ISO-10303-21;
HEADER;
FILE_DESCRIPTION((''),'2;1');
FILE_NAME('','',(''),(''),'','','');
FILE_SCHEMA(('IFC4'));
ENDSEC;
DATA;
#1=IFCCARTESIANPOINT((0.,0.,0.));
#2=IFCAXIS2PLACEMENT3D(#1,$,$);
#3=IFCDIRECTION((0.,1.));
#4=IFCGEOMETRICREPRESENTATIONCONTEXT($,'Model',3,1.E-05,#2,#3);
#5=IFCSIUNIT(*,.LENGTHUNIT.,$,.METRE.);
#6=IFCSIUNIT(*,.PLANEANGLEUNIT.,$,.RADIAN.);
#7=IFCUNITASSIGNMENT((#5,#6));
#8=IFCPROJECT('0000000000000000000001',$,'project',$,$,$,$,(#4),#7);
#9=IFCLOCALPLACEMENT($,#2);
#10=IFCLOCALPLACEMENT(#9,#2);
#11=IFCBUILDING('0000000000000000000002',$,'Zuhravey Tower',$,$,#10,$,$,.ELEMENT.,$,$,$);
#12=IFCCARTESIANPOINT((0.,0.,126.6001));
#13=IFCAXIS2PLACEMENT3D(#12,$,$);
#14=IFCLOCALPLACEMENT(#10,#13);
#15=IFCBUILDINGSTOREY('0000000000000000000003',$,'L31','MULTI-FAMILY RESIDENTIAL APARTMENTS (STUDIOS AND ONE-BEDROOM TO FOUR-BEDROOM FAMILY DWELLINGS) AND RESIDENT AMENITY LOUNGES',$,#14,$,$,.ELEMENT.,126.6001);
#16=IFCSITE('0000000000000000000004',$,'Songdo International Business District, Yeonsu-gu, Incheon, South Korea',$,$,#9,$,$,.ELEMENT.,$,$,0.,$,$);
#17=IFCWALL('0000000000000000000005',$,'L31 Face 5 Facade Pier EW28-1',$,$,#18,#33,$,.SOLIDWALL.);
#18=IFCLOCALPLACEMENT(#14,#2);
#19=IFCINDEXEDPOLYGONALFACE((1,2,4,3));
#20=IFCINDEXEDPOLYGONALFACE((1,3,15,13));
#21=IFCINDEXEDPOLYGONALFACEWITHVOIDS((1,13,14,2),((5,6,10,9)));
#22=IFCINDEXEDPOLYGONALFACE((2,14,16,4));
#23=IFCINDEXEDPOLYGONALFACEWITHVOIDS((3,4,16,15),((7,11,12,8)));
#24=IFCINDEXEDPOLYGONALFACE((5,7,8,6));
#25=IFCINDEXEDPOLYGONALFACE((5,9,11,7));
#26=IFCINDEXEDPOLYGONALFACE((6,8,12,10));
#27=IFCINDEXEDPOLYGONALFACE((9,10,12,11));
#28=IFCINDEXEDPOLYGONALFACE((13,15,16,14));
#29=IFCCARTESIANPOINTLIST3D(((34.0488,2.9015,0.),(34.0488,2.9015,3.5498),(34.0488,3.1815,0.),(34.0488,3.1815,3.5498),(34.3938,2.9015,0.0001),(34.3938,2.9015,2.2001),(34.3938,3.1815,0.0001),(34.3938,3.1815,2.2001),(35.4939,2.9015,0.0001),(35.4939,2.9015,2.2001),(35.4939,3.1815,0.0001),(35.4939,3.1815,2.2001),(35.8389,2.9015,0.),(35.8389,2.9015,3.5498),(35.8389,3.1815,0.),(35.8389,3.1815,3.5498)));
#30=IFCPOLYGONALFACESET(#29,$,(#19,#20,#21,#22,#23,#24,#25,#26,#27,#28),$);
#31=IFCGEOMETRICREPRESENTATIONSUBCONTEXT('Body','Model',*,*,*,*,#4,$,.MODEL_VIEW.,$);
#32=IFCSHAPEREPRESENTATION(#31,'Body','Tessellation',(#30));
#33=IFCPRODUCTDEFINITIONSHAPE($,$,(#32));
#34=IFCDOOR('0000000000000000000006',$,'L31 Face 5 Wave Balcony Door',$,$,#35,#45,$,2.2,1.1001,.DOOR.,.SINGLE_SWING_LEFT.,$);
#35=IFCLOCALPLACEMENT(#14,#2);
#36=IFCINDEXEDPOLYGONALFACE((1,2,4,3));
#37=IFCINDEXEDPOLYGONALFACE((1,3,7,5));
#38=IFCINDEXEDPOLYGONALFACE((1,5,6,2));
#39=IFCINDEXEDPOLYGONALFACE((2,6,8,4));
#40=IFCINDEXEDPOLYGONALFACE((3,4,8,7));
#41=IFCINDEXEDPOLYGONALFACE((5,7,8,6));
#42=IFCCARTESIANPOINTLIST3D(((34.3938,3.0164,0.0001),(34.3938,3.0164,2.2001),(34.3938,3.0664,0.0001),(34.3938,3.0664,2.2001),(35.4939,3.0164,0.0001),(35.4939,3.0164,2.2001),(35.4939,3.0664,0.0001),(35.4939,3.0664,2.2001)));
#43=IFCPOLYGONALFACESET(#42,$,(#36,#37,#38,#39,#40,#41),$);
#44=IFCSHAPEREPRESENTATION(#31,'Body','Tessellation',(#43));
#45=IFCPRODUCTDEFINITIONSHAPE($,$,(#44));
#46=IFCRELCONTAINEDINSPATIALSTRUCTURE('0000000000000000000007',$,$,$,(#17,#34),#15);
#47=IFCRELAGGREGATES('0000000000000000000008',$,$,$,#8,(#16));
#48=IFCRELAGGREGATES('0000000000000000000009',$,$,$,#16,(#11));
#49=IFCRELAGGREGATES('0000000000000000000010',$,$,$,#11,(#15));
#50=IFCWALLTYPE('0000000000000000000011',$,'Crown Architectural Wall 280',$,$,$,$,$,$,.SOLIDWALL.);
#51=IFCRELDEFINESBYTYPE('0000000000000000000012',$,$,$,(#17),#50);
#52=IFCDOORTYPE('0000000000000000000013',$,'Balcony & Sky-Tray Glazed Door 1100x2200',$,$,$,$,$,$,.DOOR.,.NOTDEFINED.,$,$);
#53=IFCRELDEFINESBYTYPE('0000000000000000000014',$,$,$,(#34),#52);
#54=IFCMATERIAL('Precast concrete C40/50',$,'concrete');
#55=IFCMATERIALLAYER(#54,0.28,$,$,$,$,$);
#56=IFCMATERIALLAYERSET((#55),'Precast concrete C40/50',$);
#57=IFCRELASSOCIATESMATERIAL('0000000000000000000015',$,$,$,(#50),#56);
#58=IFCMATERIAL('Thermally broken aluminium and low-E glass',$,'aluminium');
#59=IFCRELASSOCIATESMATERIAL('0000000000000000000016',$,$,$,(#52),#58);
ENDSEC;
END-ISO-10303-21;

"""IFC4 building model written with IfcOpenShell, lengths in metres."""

from ifc_helpers import new_model, si_unit, direction, frame, frame_2d, origin, place, context, subcontext, project, spatial, rectangle, extrude, material, layer, layer_set, type_object, element, fill, save


model = new_model("IFC4")

# Units and contexts
model_context = context("Model", 3, precision=1e-05, world=origin(), true_north=direction((0.0, 1.0)))
body_context = subcontext(model_context, "Body", "Model", "MODEL_VIEW")
ifc_project = project(units=[si_unit("LENGTHUNIT", "METRE"), si_unit("PLANEANGLEUNIT", "RADIAN")], contexts=[model_context])

# Site, building, storey
site_placement = place(None, origin())
site = spatial("IfcSite", under=ifc_project, at=site_placement, Name="Songdo International Business District, Yeonsu-gu, Incheon, South Korea", CompositionType="ELEMENT", RefElevation=0.0)
building_placement = place(site_placement, origin())
building = spatial("IfcBuilding", under=site, at=building_placement, Name="Zuhravey Tower", CompositionType="ELEMENT")
storey_placement = place(building_placement, frame((0.0, 0.0, 126.6001)))
storey = spatial("IfcBuildingStorey", under=building, at=storey_placement, Name="L31", Description="MULTI-FAMILY RESIDENTIAL APARTMENTS (STUDIOS AND ONE-BEDROOM TO FOUR-BEDROOM FAMILY DWELLINGS) AND RESIDENT AMENITY LOUNGES", CompositionType="ELEMENT", Elevation=126.6001)

# Wall, opening, door
ifc_material_1 = material(Name="Precast concrete C40/50", Category="concrete")
ifc_layer_1 = layer(ifc_material_1, 0.28)
ifc_layer_set_1 = layer_set([ifc_layer_1], Name="Precast concrete C40/50")
wall_type = type_object("IfcWallType", Name="Crown Architectural Wall 280", PredefinedType="SOLIDWALL", material=ifc_layer_set_1)
wall_placement = place(storey_placement, frame((35.8389, 3.0415, 0.0), z_axis=(0.0, 0.0, 1.0), x_axis=(-1.0, 0.0, 0.0)))
wall = element("IfcWall", 1, at=wall_placement, inside=storey, type_object=wall_type, Name="L31 Face 5 Facade Pier EW28-1", PredefinedType="SOLIDWALL", context=body_context, shape_type="SweptSolid", body=[
    extrude(rectangle(XDim=1.79, YDim=0.28, at=frame_2d((0.895, 0.0))), origin(), (0.0, 0.0, 1.0), 3.5498),
])
opening_placement = place(wall_placement, frame((0.345, 0.0, 0.0)))
opening = element("IfcOpeningElement", 2, at=opening_placement, cuts=wall, PredefinedType="OPENING", context=body_context, shape_type="SweptSolid", body=[
    extrude(rectangle(XDim=1.1001, YDim=2.2, at=frame_2d((0.55, 1.1001))), frame((0.0, 0.1521, 0.0), z_axis=(0.0, -1.0, 0.0), x_axis=(1.0, 0.0, 0.0)), (0.0, 0.0, 1.0), 0.304),
])
ifc_material_2 = material(Name="Thermally broken aluminium and low-E glass", Category="aluminium")
door_type = type_object("IfcDoorType", Name="Balcony & Sky-Tray Glazed Door 1100x2200", OperationType="NOTDEFINED", PredefinedType="DOOR", material=ifc_material_2)
door_placement = place(opening_placement, frame((1.1001, 0.0, 0.0), z_axis=(0.0, 0.0, 1.0), x_axis=(-1.0, 0.0, 0.0)))
door = element("IfcDoor", 3, at=door_placement, inside=storey, type_object=door_type, Name="L31 Face 5 Wave Balcony Door", OperationType="SINGLE_SWING_LEFT", OverallHeight=2.2, OverallWidth=1.1001, PredefinedType="DOOR", context=body_context, shape_type="SweptSolid", body=[
    extrude(rectangle(XDim=1.1001, YDim=2.2, at=frame_2d((0.55, 1.1001))), frame((0.0, 0.0249, 0.0), z_axis=(0.0, -1.0, 0.0), x_axis=(1.0, 0.0, 0.0)), (0.0, 0.0, 1.0), 0.05),
])
fill(opening, door)

save(model, "model.ifc")
